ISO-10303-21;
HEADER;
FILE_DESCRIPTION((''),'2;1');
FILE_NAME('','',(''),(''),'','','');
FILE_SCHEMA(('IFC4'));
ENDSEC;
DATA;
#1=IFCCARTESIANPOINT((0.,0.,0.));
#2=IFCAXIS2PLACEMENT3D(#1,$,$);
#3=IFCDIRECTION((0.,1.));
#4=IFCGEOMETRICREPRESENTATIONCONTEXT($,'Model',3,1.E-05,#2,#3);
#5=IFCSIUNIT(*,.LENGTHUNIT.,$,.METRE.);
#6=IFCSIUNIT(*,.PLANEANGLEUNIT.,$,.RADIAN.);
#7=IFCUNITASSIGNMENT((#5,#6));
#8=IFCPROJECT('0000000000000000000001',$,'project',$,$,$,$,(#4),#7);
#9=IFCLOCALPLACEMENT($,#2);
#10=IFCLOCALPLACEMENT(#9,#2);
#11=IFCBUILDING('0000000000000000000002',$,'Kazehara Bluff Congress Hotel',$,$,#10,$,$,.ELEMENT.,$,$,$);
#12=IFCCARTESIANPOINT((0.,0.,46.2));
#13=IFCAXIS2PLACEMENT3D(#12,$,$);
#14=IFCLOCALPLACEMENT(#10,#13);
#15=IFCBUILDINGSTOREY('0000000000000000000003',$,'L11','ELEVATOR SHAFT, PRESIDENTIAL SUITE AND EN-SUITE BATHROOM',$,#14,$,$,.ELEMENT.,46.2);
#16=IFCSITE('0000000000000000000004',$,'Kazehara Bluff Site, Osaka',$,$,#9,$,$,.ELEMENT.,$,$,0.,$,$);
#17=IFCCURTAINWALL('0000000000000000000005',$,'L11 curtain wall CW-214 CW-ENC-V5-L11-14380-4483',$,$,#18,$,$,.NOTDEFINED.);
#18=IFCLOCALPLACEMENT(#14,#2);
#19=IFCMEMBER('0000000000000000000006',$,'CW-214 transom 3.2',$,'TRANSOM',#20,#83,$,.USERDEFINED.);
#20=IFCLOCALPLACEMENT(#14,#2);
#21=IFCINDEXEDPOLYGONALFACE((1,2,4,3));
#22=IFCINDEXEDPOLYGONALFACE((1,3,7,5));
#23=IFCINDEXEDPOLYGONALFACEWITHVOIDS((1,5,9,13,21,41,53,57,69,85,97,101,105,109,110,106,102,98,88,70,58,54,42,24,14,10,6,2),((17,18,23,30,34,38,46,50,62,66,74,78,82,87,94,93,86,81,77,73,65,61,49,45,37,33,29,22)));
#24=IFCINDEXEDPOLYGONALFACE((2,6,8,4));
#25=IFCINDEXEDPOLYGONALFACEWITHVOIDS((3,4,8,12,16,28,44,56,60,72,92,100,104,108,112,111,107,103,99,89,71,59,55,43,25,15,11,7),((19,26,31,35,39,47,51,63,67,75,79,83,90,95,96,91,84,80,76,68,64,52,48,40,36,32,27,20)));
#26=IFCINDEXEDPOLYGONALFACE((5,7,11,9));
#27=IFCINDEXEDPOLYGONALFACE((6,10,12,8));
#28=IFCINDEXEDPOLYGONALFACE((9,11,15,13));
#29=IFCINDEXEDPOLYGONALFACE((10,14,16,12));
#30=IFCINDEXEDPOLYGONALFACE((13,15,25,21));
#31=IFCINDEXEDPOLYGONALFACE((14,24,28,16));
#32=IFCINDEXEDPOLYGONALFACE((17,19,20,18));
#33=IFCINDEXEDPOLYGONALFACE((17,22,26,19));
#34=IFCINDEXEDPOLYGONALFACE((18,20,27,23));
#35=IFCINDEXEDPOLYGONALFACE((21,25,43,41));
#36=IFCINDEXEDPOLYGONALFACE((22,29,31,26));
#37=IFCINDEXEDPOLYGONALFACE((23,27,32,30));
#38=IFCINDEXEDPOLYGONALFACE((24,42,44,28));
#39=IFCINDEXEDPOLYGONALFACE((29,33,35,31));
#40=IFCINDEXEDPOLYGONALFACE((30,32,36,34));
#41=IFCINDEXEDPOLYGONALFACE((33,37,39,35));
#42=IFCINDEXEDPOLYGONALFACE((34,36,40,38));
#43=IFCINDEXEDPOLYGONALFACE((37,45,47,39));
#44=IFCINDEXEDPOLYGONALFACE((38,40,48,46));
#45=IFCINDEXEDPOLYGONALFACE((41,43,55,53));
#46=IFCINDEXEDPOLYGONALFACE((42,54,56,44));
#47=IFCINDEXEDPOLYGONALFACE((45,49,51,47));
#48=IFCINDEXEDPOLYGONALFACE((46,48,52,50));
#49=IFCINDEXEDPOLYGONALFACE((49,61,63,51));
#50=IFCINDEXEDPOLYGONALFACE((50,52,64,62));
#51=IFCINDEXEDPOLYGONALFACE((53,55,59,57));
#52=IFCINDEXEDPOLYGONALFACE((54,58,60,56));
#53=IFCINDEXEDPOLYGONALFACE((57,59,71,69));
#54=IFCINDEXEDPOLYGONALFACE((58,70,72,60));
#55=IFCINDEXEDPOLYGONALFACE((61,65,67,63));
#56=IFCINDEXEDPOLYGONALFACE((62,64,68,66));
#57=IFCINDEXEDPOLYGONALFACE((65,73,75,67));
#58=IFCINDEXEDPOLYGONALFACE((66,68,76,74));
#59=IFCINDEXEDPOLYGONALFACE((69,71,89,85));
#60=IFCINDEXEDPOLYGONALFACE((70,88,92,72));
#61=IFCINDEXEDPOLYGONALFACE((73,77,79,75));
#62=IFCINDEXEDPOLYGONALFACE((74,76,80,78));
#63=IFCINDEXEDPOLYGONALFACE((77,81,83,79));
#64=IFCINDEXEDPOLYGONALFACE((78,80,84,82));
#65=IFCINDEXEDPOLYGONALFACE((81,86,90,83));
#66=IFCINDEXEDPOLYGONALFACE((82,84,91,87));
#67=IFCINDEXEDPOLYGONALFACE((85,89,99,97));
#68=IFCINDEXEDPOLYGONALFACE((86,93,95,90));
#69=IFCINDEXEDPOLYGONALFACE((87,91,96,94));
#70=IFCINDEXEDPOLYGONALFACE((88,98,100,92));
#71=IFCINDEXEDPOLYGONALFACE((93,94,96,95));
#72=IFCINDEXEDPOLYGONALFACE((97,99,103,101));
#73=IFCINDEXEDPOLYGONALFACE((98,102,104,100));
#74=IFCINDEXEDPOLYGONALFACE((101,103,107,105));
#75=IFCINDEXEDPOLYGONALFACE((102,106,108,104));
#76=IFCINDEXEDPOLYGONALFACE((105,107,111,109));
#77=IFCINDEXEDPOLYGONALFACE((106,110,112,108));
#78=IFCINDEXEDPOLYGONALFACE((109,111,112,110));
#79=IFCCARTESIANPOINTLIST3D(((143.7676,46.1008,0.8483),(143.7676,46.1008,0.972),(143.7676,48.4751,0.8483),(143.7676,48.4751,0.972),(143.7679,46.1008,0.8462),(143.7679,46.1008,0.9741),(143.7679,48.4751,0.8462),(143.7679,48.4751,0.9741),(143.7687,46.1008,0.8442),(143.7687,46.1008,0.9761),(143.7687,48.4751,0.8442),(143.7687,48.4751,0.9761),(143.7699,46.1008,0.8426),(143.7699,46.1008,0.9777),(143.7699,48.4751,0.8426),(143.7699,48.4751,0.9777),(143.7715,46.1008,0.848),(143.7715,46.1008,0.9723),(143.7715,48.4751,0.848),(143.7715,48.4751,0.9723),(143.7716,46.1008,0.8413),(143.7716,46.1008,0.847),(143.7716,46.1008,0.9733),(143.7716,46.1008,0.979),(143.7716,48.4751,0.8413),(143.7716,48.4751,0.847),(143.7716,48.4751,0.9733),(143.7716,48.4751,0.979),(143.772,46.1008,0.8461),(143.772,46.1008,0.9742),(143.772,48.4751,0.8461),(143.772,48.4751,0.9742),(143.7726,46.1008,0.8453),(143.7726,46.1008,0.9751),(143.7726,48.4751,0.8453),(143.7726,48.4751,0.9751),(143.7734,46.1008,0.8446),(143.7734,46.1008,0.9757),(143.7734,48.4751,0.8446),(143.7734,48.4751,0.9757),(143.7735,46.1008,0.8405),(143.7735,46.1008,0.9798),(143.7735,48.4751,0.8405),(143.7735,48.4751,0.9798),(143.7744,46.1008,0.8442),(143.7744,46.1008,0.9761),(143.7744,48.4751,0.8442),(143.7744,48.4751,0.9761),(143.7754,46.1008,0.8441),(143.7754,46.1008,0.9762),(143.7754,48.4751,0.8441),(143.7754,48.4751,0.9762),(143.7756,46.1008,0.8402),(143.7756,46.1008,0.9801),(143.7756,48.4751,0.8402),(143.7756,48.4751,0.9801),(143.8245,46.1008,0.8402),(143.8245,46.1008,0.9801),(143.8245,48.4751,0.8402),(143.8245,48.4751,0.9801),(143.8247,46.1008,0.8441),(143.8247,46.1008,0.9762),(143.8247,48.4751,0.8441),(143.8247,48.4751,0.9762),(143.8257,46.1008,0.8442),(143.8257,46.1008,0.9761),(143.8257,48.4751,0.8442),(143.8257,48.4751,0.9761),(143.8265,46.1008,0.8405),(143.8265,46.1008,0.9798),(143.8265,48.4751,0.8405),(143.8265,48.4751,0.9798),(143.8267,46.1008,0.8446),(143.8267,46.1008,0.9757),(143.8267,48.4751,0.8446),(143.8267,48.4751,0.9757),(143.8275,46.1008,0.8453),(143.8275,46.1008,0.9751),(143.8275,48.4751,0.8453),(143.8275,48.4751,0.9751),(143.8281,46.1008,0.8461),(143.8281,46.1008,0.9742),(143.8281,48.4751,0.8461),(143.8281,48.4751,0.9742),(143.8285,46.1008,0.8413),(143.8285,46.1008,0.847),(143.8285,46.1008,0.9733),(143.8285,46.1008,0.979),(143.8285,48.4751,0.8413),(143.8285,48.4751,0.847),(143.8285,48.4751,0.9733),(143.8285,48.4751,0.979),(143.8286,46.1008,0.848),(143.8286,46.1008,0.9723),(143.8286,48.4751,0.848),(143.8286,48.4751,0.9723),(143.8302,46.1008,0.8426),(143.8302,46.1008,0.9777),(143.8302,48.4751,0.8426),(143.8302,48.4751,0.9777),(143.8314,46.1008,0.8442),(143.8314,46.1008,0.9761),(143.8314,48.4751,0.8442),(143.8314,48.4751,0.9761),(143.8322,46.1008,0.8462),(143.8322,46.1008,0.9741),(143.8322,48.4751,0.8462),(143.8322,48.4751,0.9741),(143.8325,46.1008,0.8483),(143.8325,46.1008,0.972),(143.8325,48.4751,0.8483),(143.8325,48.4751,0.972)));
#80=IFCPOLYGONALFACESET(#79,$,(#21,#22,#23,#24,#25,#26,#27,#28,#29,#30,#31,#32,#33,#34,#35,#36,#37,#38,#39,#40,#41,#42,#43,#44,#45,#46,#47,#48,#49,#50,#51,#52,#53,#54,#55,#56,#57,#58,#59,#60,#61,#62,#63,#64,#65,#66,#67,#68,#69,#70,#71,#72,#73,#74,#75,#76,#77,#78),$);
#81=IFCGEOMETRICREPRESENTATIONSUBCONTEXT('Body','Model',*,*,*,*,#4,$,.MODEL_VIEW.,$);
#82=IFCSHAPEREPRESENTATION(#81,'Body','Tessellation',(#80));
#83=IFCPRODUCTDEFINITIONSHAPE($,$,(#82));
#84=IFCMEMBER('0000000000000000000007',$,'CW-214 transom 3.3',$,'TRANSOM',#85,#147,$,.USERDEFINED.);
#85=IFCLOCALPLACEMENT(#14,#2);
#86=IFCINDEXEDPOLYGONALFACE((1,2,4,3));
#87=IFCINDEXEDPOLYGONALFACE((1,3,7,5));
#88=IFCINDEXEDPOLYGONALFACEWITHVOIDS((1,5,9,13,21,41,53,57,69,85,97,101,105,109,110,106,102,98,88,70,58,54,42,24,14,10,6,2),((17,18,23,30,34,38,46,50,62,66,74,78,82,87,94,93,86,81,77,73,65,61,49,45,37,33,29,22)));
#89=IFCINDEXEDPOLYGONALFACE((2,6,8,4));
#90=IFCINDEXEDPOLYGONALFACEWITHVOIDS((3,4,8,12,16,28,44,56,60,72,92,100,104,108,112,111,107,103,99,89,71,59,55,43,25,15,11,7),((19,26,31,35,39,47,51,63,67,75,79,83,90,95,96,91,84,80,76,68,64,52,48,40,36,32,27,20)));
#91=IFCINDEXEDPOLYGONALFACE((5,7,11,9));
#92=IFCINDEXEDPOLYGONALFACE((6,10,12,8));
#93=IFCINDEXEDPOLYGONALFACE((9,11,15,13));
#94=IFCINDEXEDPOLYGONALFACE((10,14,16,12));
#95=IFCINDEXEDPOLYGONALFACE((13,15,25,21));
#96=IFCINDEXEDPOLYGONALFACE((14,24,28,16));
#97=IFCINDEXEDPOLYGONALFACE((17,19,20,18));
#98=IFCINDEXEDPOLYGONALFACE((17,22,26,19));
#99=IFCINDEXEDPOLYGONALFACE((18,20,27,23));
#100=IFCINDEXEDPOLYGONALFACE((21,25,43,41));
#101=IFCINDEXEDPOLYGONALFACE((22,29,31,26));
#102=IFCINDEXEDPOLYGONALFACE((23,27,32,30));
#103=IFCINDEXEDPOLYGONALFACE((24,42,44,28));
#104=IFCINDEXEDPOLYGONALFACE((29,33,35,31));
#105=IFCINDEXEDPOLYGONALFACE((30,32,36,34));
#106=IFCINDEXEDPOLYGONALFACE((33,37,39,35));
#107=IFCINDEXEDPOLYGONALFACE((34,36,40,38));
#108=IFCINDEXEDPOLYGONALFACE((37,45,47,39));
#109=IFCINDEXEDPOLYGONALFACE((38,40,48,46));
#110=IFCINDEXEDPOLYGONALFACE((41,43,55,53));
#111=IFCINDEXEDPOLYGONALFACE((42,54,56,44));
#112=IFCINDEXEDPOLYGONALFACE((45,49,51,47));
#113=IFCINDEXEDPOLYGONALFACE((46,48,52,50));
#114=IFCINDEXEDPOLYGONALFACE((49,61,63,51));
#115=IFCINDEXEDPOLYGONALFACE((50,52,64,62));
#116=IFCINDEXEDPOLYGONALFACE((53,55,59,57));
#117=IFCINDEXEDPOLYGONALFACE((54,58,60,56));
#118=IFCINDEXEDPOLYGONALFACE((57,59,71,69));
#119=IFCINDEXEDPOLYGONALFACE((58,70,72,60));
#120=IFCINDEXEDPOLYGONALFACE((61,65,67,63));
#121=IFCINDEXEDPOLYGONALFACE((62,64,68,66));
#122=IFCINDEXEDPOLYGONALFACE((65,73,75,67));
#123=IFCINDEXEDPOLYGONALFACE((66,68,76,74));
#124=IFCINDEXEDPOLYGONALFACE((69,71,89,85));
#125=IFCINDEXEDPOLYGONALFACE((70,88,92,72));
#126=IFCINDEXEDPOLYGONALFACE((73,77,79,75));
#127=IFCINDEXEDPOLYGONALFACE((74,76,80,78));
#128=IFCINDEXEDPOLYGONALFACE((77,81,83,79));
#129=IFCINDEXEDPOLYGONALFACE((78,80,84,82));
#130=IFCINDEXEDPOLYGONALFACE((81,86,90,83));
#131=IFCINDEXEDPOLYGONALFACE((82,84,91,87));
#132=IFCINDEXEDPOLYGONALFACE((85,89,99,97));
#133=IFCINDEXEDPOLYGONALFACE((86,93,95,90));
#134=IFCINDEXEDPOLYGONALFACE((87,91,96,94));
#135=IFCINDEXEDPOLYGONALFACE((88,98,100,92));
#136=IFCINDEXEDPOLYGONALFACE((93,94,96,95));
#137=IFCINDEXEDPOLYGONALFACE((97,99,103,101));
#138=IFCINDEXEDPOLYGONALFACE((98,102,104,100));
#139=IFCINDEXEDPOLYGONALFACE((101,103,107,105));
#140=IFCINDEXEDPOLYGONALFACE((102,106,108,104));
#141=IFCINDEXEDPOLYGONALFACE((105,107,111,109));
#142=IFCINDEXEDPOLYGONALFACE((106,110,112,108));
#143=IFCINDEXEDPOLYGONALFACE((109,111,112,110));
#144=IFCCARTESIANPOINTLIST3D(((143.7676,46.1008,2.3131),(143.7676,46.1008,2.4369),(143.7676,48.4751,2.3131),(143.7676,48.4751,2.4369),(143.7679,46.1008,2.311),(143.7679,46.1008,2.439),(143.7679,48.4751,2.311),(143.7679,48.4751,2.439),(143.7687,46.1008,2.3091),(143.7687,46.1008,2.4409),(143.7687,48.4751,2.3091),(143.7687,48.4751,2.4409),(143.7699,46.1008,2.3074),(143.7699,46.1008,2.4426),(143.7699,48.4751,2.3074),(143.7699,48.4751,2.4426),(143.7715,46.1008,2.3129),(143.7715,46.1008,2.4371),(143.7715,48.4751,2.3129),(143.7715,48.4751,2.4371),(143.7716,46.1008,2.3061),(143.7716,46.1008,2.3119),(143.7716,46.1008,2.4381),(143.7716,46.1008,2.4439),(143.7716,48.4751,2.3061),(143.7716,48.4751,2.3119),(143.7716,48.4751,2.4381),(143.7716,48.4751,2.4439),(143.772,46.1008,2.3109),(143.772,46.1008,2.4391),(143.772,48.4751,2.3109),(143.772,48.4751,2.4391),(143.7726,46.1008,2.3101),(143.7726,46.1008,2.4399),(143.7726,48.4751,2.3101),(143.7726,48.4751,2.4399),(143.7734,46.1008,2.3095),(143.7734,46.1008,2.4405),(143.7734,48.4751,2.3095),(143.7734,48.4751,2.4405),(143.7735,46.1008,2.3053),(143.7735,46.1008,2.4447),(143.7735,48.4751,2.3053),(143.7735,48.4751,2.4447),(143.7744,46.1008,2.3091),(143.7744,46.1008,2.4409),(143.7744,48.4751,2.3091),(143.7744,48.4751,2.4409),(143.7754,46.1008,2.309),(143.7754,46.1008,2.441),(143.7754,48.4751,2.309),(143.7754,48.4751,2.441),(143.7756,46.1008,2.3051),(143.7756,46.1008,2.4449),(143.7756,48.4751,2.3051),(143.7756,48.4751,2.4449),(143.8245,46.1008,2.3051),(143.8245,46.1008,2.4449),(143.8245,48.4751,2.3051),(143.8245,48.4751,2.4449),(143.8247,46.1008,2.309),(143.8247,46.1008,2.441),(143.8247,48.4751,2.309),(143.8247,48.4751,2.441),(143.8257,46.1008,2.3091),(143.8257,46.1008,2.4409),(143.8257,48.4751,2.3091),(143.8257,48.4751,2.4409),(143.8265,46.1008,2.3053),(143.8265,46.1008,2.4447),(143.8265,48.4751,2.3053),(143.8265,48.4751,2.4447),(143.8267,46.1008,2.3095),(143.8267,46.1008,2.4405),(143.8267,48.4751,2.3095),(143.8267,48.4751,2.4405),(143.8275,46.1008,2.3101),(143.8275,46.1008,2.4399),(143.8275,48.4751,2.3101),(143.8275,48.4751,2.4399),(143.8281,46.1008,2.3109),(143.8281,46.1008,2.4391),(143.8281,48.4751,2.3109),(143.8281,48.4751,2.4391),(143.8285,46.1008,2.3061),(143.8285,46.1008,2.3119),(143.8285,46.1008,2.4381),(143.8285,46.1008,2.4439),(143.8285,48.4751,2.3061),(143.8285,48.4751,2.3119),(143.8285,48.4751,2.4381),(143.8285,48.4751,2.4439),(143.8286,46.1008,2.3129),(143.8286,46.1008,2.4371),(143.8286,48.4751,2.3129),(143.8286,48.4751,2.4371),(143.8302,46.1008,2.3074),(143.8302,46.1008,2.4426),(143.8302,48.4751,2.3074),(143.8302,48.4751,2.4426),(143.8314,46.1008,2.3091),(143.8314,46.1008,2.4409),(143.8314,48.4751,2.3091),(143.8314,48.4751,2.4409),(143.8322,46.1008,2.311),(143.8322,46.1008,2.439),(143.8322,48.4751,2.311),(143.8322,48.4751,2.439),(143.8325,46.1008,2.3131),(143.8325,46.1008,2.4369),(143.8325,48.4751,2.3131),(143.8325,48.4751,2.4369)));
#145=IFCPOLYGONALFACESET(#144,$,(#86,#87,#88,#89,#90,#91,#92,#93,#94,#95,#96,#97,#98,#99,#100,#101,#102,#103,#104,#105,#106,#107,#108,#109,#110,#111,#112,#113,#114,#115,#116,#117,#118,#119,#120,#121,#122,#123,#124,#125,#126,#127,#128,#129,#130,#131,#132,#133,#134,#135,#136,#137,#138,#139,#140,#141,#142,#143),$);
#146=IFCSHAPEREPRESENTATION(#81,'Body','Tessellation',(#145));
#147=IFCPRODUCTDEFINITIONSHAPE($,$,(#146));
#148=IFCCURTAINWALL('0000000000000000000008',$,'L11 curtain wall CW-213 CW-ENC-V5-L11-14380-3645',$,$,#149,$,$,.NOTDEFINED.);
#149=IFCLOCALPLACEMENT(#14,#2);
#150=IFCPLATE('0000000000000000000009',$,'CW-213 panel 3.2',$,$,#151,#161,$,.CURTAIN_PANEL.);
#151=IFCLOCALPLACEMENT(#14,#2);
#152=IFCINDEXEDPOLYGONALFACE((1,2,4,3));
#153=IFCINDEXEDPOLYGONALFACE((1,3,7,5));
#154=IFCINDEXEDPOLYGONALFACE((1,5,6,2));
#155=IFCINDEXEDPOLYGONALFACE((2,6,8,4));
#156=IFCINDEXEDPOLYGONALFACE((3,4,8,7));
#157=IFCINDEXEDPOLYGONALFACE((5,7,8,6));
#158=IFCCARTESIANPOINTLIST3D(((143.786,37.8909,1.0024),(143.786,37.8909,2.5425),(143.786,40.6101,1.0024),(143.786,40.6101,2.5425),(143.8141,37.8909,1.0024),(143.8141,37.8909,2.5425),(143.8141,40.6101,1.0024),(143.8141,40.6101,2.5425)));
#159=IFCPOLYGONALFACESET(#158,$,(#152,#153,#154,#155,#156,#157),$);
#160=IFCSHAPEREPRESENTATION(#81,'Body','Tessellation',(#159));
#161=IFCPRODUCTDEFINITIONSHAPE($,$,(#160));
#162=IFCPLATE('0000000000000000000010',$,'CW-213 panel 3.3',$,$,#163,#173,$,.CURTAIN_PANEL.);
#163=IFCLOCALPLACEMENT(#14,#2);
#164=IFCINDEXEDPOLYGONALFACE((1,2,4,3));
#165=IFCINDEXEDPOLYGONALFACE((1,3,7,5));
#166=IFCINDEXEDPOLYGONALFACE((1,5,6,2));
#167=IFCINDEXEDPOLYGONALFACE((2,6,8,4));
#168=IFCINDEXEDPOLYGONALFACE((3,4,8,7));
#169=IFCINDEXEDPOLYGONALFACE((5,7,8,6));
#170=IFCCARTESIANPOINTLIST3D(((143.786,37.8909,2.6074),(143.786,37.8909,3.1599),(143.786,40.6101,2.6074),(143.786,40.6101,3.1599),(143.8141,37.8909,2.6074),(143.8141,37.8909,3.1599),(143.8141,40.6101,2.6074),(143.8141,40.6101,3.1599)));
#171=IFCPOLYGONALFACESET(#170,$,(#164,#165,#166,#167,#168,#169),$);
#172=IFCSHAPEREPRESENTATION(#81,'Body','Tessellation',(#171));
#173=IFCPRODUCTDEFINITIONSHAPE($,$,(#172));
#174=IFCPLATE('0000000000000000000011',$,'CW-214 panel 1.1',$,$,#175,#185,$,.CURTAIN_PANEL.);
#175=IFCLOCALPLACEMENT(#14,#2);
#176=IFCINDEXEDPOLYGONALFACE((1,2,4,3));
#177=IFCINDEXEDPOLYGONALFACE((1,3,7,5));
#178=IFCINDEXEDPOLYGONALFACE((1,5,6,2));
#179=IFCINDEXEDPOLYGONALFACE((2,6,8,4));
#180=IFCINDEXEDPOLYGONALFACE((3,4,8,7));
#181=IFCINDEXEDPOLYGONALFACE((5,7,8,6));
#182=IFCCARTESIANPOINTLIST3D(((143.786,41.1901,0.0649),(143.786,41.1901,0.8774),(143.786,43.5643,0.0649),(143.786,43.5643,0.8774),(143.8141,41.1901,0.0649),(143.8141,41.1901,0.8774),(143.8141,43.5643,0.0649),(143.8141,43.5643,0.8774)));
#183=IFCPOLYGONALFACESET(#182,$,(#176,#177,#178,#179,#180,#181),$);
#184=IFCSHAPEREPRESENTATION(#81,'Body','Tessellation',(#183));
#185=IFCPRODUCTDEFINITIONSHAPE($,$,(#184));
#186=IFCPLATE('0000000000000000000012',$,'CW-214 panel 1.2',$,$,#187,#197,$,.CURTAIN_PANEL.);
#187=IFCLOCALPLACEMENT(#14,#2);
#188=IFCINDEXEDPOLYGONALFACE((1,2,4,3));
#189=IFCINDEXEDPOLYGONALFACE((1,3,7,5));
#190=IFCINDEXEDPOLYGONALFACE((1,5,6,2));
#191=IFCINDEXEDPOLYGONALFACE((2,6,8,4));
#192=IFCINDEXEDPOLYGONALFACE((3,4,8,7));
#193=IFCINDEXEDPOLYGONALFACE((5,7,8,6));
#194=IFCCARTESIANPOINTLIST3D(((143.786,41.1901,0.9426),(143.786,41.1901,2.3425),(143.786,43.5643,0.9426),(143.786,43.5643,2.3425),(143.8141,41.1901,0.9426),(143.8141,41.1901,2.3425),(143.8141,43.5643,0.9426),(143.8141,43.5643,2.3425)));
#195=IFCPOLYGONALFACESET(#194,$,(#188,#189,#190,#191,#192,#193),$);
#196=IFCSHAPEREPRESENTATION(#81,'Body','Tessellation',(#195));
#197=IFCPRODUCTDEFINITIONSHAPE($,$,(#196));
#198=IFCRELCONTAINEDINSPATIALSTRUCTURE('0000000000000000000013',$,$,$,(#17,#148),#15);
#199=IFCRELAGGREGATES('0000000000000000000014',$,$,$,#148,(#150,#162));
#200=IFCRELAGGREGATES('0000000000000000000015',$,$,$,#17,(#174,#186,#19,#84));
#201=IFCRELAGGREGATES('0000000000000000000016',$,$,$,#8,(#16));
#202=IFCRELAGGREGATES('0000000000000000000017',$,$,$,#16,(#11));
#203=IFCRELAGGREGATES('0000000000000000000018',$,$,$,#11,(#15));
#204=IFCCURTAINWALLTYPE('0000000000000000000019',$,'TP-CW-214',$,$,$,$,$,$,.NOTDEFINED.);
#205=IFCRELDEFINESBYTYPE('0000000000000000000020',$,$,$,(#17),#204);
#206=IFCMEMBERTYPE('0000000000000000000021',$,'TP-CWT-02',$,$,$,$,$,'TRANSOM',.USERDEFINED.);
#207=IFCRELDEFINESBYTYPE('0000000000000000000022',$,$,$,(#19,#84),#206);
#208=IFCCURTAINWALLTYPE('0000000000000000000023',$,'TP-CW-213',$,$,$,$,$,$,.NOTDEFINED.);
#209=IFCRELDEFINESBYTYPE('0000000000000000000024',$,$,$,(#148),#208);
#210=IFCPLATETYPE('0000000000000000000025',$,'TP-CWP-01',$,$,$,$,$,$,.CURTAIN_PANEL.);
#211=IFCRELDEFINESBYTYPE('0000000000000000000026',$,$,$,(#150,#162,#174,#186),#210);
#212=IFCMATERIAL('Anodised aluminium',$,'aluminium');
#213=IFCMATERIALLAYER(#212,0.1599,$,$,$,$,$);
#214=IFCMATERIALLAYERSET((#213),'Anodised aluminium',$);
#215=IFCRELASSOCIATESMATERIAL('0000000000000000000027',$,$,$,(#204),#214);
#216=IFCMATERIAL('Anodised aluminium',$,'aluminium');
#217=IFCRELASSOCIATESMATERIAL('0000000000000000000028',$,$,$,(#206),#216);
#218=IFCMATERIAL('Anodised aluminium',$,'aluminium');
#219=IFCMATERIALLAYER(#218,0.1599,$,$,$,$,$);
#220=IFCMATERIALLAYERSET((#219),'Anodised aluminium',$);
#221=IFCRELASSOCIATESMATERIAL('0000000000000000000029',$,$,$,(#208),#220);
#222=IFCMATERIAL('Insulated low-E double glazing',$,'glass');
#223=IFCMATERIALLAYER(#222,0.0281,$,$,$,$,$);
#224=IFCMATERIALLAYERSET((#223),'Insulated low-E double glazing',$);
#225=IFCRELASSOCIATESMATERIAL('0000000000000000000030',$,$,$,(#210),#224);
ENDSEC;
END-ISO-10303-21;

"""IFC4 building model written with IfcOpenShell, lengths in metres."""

from ifc_helpers import new_model, si_unit, direction, frame, origin, origin_2d, place, context, subcontext, project, spatial, rectangle, hollow_rectangle, extrude, material, layer, layer_set, material_profile, profile_set, type_object, element, aggregate, save


model = new_model("IFC4")

# Units and contexts
model_context = context("Model", 3, precision=1e-05, world=origin(), true_north=direction((0.0, 1.0)))
body_context = subcontext(model_context, "Body", "Model", "MODEL_VIEW")
ifc_project = project(units=[si_unit("LENGTHUNIT", "METRE"), si_unit("PLANEANGLEUNIT", "RADIAN")], contexts=[model_context])

# Site, building, storey
site_placement = place(None, origin())
site = spatial("IfcSite", under=ifc_project, at=site_placement, Name="Kazehara Bluff Site, Osaka", CompositionType="ELEMENT", RefElevation=0.0)
building_placement = place(site_placement, origin())
building = spatial("IfcBuilding", under=site, at=building_placement, Name="Kazehara Bluff Congress Hotel", CompositionType="ELEMENT")
storey_placement = place(building_placement, frame((0.0, 0.0, 46.2)))
storey = spatial("IfcBuildingStorey", under=building, at=storey_placement, Name="L11", Description="ELEVATOR SHAFT, PRESIDENTIAL SUITE AND EN-SUITE BATHROOM", CompositionType="ELEMENT", Elevation=46.2)

# Curtain wall, members
ifc_material_1 = material(Name="Anodised aluminium", Category="aluminium")
ifc_layer_1 = layer(ifc_material_1, 0.1599)
ifc_layer_set_1 = layer_set([ifc_layer_1], Name="Anodised aluminium")
curtain_wall_type_1 = type_object("IfcCurtainWallType", Name="TP-CW-214", PredefinedType="NOTDEFINED", material=ifc_layer_set_1)
curtain_wall_1_placement = place(storey_placement, origin())
curtain_wall_1 = element("IfcCurtainWall", 1, at=curtain_wall_1_placement, inside=storey, type_object=curtain_wall_type_1, Name="L11 curtain wall CW-214 CW-ENC-V5-L11-14380-4483", PredefinedType="NOTDEFINED")
ifc_material_2 = material(Name="Anodised aluminium", Category="aluminium")
ifc_material_profile_1 = material_profile(ifc_material_2, hollow_rectangle(XDim=0.0649, YDim=0.1399, WallThickness=0.0039, InnerFilletRadius=0.0039, OuterFilletRadius=0.0081, at=origin_2d()))
ifc_profile_set_1 = profile_set([ifc_material_profile_1], Name="Anodised aluminium")
member_type_1 = type_object("IfcMemberType", Name="TP-CWT-02", ElementType="TRANSOM", PredefinedType="USERDEFINED", material=ifc_profile_set_1)
member_1_placement = place(storey_placement, frame((143.8, 46.1008, 0.9102), z_axis=(0.0, 1.0, 0.0), x_axis=(-1.0, 0.0, 0.0)))
member_1 = element("IfcMember", 2, at=member_1_placement, type_object=member_type_1, Name="CW-214 transom 3.2", ObjectType="TRANSOM", PredefinedType="USERDEFINED", context=body_context, shape_type="SweptSolid", body=[
    extrude(hollow_rectangle(XDim=0.0649, YDim=0.1399, WallThickness=0.0039, InnerFilletRadius=0.0039, OuterFilletRadius=0.0081, at=origin_2d()), origin(), (0.0, 0.0, 1.0), 2.3743),
])
member_2_placement = place(storey_placement, frame((143.8, 46.1008, 2.375), z_axis=(0.0, 1.0, 0.0), x_axis=(-1.0, 0.0, 0.0)))
member_2 = element("IfcMember", 3, at=member_2_placement, type_object=member_type_1, Name="CW-214 transom 3.3", ObjectType="TRANSOM", PredefinedType="USERDEFINED", context=body_context, shape_type="SweptSolid", body=[
    extrude(hollow_rectangle(XDim=0.0649, YDim=0.1399, WallThickness=0.0039, InnerFilletRadius=0.0039, OuterFilletRadius=0.0081, at=origin_2d()), origin(), (0.0, 0.0, 1.0), 2.3743),
])

# Curtain wall, plates
ifc_material_3 = material(Name="Anodised aluminium", Category="aluminium")
ifc_layer_2 = layer(ifc_material_3, 0.1599)
ifc_layer_set_2 = layer_set([ifc_layer_2], Name="Anodised aluminium")
curtain_wall_type_2 = type_object("IfcCurtainWallType", Name="TP-CW-213", PredefinedType="NOTDEFINED", material=ifc_layer_set_2)
curtain_wall_2_placement = place(storey_placement, origin())
curtain_wall_2 = element("IfcCurtainWall", 4, at=curtain_wall_2_placement, inside=storey, type_object=curtain_wall_type_2, Name="L11 curtain wall CW-213 CW-ENC-V5-L11-14380-3645", PredefinedType="NOTDEFINED")
ifc_material_4 = material(Name="Insulated low-E double glazing", Category="glass")
ifc_layer_3 = layer(ifc_material_4, 0.0281)
ifc_layer_set_3 = layer_set([ifc_layer_3], Name="Insulated low-E double glazing")
plate_type = type_object("IfcPlateType", Name="TP-CWP-01", PredefinedType="CURTAIN_PANEL", material=ifc_layer_set_3)
plate_1_placement = place(storey_placement, frame((143.8, 39.2505, 1.0024), z_axis=(0.0, 0.0, 1.0), x_axis=(0.0, 1.0, 0.0)))
plate_1 = element("IfcPlate", 5, at=plate_1_placement, type_object=plate_type, Name="CW-213 panel 3.2", PredefinedType="CURTAIN_PANEL", context=body_context, shape_type="SweptSolid", body=[
    extrude(rectangle(XDim=2.7192, YDim=0.0281, at=origin_2d()), origin(), (0.0, 0.0, 1.0), 1.54),
])
plate_2_placement = place(storey_placement, frame((143.8, 39.2505, 2.6074), z_axis=(0.0, 0.0, 1.0), x_axis=(0.0, 1.0, 0.0)))
plate_2 = element("IfcPlate", 6, at=plate_2_placement, type_object=plate_type, Name="CW-213 panel 3.3", PredefinedType="CURTAIN_PANEL", context=body_context, shape_type="SweptSolid", body=[
    extrude(rectangle(XDim=2.7192, YDim=0.0281, at=origin_2d()), origin(), (0.0, 0.0, 1.0), 0.5525),
])
aggregate(curtain_wall_2, [plate_1, plate_2])

# Plates
plate_3_placement = place(storey_placement, frame((143.8, 42.3772, 0.0649), z_axis=(0.0, 0.0, 1.0), x_axis=(0.0, 1.0, 0.0)))
plate_3 = element("IfcPlate", 7, at=plate_3_placement, type_object=plate_type, Name="CW-214 panel 1.1", PredefinedType="CURTAIN_PANEL", context=body_context, shape_type="SweptSolid", body=[
    extrude(rectangle(XDim=2.3743, YDim=0.0281, at=origin_2d()), origin(), (0.0, 0.0, 1.0), 0.8125),
])
plate_4_placement = place(storey_placement, frame((143.8, 42.3772, 0.9426), z_axis=(0.0, 0.0, 1.0), x_axis=(0.0, 1.0, 0.0)))
plate_4 = element("IfcPlate", 8, at=plate_4_placement, type_object=plate_type, Name="CW-214 panel 1.2", PredefinedType="CURTAIN_PANEL", context=body_context, shape_type="SweptSolid", body=[
    extrude(rectangle(XDim=2.3743, YDim=0.0281, at=origin_2d()), origin(), (0.0, 0.0, 1.0), 1.3999),
])
aggregate(curtain_wall_1, [plate_3, plate_4, member_1, member_2])

save(model, "model.ifc")
